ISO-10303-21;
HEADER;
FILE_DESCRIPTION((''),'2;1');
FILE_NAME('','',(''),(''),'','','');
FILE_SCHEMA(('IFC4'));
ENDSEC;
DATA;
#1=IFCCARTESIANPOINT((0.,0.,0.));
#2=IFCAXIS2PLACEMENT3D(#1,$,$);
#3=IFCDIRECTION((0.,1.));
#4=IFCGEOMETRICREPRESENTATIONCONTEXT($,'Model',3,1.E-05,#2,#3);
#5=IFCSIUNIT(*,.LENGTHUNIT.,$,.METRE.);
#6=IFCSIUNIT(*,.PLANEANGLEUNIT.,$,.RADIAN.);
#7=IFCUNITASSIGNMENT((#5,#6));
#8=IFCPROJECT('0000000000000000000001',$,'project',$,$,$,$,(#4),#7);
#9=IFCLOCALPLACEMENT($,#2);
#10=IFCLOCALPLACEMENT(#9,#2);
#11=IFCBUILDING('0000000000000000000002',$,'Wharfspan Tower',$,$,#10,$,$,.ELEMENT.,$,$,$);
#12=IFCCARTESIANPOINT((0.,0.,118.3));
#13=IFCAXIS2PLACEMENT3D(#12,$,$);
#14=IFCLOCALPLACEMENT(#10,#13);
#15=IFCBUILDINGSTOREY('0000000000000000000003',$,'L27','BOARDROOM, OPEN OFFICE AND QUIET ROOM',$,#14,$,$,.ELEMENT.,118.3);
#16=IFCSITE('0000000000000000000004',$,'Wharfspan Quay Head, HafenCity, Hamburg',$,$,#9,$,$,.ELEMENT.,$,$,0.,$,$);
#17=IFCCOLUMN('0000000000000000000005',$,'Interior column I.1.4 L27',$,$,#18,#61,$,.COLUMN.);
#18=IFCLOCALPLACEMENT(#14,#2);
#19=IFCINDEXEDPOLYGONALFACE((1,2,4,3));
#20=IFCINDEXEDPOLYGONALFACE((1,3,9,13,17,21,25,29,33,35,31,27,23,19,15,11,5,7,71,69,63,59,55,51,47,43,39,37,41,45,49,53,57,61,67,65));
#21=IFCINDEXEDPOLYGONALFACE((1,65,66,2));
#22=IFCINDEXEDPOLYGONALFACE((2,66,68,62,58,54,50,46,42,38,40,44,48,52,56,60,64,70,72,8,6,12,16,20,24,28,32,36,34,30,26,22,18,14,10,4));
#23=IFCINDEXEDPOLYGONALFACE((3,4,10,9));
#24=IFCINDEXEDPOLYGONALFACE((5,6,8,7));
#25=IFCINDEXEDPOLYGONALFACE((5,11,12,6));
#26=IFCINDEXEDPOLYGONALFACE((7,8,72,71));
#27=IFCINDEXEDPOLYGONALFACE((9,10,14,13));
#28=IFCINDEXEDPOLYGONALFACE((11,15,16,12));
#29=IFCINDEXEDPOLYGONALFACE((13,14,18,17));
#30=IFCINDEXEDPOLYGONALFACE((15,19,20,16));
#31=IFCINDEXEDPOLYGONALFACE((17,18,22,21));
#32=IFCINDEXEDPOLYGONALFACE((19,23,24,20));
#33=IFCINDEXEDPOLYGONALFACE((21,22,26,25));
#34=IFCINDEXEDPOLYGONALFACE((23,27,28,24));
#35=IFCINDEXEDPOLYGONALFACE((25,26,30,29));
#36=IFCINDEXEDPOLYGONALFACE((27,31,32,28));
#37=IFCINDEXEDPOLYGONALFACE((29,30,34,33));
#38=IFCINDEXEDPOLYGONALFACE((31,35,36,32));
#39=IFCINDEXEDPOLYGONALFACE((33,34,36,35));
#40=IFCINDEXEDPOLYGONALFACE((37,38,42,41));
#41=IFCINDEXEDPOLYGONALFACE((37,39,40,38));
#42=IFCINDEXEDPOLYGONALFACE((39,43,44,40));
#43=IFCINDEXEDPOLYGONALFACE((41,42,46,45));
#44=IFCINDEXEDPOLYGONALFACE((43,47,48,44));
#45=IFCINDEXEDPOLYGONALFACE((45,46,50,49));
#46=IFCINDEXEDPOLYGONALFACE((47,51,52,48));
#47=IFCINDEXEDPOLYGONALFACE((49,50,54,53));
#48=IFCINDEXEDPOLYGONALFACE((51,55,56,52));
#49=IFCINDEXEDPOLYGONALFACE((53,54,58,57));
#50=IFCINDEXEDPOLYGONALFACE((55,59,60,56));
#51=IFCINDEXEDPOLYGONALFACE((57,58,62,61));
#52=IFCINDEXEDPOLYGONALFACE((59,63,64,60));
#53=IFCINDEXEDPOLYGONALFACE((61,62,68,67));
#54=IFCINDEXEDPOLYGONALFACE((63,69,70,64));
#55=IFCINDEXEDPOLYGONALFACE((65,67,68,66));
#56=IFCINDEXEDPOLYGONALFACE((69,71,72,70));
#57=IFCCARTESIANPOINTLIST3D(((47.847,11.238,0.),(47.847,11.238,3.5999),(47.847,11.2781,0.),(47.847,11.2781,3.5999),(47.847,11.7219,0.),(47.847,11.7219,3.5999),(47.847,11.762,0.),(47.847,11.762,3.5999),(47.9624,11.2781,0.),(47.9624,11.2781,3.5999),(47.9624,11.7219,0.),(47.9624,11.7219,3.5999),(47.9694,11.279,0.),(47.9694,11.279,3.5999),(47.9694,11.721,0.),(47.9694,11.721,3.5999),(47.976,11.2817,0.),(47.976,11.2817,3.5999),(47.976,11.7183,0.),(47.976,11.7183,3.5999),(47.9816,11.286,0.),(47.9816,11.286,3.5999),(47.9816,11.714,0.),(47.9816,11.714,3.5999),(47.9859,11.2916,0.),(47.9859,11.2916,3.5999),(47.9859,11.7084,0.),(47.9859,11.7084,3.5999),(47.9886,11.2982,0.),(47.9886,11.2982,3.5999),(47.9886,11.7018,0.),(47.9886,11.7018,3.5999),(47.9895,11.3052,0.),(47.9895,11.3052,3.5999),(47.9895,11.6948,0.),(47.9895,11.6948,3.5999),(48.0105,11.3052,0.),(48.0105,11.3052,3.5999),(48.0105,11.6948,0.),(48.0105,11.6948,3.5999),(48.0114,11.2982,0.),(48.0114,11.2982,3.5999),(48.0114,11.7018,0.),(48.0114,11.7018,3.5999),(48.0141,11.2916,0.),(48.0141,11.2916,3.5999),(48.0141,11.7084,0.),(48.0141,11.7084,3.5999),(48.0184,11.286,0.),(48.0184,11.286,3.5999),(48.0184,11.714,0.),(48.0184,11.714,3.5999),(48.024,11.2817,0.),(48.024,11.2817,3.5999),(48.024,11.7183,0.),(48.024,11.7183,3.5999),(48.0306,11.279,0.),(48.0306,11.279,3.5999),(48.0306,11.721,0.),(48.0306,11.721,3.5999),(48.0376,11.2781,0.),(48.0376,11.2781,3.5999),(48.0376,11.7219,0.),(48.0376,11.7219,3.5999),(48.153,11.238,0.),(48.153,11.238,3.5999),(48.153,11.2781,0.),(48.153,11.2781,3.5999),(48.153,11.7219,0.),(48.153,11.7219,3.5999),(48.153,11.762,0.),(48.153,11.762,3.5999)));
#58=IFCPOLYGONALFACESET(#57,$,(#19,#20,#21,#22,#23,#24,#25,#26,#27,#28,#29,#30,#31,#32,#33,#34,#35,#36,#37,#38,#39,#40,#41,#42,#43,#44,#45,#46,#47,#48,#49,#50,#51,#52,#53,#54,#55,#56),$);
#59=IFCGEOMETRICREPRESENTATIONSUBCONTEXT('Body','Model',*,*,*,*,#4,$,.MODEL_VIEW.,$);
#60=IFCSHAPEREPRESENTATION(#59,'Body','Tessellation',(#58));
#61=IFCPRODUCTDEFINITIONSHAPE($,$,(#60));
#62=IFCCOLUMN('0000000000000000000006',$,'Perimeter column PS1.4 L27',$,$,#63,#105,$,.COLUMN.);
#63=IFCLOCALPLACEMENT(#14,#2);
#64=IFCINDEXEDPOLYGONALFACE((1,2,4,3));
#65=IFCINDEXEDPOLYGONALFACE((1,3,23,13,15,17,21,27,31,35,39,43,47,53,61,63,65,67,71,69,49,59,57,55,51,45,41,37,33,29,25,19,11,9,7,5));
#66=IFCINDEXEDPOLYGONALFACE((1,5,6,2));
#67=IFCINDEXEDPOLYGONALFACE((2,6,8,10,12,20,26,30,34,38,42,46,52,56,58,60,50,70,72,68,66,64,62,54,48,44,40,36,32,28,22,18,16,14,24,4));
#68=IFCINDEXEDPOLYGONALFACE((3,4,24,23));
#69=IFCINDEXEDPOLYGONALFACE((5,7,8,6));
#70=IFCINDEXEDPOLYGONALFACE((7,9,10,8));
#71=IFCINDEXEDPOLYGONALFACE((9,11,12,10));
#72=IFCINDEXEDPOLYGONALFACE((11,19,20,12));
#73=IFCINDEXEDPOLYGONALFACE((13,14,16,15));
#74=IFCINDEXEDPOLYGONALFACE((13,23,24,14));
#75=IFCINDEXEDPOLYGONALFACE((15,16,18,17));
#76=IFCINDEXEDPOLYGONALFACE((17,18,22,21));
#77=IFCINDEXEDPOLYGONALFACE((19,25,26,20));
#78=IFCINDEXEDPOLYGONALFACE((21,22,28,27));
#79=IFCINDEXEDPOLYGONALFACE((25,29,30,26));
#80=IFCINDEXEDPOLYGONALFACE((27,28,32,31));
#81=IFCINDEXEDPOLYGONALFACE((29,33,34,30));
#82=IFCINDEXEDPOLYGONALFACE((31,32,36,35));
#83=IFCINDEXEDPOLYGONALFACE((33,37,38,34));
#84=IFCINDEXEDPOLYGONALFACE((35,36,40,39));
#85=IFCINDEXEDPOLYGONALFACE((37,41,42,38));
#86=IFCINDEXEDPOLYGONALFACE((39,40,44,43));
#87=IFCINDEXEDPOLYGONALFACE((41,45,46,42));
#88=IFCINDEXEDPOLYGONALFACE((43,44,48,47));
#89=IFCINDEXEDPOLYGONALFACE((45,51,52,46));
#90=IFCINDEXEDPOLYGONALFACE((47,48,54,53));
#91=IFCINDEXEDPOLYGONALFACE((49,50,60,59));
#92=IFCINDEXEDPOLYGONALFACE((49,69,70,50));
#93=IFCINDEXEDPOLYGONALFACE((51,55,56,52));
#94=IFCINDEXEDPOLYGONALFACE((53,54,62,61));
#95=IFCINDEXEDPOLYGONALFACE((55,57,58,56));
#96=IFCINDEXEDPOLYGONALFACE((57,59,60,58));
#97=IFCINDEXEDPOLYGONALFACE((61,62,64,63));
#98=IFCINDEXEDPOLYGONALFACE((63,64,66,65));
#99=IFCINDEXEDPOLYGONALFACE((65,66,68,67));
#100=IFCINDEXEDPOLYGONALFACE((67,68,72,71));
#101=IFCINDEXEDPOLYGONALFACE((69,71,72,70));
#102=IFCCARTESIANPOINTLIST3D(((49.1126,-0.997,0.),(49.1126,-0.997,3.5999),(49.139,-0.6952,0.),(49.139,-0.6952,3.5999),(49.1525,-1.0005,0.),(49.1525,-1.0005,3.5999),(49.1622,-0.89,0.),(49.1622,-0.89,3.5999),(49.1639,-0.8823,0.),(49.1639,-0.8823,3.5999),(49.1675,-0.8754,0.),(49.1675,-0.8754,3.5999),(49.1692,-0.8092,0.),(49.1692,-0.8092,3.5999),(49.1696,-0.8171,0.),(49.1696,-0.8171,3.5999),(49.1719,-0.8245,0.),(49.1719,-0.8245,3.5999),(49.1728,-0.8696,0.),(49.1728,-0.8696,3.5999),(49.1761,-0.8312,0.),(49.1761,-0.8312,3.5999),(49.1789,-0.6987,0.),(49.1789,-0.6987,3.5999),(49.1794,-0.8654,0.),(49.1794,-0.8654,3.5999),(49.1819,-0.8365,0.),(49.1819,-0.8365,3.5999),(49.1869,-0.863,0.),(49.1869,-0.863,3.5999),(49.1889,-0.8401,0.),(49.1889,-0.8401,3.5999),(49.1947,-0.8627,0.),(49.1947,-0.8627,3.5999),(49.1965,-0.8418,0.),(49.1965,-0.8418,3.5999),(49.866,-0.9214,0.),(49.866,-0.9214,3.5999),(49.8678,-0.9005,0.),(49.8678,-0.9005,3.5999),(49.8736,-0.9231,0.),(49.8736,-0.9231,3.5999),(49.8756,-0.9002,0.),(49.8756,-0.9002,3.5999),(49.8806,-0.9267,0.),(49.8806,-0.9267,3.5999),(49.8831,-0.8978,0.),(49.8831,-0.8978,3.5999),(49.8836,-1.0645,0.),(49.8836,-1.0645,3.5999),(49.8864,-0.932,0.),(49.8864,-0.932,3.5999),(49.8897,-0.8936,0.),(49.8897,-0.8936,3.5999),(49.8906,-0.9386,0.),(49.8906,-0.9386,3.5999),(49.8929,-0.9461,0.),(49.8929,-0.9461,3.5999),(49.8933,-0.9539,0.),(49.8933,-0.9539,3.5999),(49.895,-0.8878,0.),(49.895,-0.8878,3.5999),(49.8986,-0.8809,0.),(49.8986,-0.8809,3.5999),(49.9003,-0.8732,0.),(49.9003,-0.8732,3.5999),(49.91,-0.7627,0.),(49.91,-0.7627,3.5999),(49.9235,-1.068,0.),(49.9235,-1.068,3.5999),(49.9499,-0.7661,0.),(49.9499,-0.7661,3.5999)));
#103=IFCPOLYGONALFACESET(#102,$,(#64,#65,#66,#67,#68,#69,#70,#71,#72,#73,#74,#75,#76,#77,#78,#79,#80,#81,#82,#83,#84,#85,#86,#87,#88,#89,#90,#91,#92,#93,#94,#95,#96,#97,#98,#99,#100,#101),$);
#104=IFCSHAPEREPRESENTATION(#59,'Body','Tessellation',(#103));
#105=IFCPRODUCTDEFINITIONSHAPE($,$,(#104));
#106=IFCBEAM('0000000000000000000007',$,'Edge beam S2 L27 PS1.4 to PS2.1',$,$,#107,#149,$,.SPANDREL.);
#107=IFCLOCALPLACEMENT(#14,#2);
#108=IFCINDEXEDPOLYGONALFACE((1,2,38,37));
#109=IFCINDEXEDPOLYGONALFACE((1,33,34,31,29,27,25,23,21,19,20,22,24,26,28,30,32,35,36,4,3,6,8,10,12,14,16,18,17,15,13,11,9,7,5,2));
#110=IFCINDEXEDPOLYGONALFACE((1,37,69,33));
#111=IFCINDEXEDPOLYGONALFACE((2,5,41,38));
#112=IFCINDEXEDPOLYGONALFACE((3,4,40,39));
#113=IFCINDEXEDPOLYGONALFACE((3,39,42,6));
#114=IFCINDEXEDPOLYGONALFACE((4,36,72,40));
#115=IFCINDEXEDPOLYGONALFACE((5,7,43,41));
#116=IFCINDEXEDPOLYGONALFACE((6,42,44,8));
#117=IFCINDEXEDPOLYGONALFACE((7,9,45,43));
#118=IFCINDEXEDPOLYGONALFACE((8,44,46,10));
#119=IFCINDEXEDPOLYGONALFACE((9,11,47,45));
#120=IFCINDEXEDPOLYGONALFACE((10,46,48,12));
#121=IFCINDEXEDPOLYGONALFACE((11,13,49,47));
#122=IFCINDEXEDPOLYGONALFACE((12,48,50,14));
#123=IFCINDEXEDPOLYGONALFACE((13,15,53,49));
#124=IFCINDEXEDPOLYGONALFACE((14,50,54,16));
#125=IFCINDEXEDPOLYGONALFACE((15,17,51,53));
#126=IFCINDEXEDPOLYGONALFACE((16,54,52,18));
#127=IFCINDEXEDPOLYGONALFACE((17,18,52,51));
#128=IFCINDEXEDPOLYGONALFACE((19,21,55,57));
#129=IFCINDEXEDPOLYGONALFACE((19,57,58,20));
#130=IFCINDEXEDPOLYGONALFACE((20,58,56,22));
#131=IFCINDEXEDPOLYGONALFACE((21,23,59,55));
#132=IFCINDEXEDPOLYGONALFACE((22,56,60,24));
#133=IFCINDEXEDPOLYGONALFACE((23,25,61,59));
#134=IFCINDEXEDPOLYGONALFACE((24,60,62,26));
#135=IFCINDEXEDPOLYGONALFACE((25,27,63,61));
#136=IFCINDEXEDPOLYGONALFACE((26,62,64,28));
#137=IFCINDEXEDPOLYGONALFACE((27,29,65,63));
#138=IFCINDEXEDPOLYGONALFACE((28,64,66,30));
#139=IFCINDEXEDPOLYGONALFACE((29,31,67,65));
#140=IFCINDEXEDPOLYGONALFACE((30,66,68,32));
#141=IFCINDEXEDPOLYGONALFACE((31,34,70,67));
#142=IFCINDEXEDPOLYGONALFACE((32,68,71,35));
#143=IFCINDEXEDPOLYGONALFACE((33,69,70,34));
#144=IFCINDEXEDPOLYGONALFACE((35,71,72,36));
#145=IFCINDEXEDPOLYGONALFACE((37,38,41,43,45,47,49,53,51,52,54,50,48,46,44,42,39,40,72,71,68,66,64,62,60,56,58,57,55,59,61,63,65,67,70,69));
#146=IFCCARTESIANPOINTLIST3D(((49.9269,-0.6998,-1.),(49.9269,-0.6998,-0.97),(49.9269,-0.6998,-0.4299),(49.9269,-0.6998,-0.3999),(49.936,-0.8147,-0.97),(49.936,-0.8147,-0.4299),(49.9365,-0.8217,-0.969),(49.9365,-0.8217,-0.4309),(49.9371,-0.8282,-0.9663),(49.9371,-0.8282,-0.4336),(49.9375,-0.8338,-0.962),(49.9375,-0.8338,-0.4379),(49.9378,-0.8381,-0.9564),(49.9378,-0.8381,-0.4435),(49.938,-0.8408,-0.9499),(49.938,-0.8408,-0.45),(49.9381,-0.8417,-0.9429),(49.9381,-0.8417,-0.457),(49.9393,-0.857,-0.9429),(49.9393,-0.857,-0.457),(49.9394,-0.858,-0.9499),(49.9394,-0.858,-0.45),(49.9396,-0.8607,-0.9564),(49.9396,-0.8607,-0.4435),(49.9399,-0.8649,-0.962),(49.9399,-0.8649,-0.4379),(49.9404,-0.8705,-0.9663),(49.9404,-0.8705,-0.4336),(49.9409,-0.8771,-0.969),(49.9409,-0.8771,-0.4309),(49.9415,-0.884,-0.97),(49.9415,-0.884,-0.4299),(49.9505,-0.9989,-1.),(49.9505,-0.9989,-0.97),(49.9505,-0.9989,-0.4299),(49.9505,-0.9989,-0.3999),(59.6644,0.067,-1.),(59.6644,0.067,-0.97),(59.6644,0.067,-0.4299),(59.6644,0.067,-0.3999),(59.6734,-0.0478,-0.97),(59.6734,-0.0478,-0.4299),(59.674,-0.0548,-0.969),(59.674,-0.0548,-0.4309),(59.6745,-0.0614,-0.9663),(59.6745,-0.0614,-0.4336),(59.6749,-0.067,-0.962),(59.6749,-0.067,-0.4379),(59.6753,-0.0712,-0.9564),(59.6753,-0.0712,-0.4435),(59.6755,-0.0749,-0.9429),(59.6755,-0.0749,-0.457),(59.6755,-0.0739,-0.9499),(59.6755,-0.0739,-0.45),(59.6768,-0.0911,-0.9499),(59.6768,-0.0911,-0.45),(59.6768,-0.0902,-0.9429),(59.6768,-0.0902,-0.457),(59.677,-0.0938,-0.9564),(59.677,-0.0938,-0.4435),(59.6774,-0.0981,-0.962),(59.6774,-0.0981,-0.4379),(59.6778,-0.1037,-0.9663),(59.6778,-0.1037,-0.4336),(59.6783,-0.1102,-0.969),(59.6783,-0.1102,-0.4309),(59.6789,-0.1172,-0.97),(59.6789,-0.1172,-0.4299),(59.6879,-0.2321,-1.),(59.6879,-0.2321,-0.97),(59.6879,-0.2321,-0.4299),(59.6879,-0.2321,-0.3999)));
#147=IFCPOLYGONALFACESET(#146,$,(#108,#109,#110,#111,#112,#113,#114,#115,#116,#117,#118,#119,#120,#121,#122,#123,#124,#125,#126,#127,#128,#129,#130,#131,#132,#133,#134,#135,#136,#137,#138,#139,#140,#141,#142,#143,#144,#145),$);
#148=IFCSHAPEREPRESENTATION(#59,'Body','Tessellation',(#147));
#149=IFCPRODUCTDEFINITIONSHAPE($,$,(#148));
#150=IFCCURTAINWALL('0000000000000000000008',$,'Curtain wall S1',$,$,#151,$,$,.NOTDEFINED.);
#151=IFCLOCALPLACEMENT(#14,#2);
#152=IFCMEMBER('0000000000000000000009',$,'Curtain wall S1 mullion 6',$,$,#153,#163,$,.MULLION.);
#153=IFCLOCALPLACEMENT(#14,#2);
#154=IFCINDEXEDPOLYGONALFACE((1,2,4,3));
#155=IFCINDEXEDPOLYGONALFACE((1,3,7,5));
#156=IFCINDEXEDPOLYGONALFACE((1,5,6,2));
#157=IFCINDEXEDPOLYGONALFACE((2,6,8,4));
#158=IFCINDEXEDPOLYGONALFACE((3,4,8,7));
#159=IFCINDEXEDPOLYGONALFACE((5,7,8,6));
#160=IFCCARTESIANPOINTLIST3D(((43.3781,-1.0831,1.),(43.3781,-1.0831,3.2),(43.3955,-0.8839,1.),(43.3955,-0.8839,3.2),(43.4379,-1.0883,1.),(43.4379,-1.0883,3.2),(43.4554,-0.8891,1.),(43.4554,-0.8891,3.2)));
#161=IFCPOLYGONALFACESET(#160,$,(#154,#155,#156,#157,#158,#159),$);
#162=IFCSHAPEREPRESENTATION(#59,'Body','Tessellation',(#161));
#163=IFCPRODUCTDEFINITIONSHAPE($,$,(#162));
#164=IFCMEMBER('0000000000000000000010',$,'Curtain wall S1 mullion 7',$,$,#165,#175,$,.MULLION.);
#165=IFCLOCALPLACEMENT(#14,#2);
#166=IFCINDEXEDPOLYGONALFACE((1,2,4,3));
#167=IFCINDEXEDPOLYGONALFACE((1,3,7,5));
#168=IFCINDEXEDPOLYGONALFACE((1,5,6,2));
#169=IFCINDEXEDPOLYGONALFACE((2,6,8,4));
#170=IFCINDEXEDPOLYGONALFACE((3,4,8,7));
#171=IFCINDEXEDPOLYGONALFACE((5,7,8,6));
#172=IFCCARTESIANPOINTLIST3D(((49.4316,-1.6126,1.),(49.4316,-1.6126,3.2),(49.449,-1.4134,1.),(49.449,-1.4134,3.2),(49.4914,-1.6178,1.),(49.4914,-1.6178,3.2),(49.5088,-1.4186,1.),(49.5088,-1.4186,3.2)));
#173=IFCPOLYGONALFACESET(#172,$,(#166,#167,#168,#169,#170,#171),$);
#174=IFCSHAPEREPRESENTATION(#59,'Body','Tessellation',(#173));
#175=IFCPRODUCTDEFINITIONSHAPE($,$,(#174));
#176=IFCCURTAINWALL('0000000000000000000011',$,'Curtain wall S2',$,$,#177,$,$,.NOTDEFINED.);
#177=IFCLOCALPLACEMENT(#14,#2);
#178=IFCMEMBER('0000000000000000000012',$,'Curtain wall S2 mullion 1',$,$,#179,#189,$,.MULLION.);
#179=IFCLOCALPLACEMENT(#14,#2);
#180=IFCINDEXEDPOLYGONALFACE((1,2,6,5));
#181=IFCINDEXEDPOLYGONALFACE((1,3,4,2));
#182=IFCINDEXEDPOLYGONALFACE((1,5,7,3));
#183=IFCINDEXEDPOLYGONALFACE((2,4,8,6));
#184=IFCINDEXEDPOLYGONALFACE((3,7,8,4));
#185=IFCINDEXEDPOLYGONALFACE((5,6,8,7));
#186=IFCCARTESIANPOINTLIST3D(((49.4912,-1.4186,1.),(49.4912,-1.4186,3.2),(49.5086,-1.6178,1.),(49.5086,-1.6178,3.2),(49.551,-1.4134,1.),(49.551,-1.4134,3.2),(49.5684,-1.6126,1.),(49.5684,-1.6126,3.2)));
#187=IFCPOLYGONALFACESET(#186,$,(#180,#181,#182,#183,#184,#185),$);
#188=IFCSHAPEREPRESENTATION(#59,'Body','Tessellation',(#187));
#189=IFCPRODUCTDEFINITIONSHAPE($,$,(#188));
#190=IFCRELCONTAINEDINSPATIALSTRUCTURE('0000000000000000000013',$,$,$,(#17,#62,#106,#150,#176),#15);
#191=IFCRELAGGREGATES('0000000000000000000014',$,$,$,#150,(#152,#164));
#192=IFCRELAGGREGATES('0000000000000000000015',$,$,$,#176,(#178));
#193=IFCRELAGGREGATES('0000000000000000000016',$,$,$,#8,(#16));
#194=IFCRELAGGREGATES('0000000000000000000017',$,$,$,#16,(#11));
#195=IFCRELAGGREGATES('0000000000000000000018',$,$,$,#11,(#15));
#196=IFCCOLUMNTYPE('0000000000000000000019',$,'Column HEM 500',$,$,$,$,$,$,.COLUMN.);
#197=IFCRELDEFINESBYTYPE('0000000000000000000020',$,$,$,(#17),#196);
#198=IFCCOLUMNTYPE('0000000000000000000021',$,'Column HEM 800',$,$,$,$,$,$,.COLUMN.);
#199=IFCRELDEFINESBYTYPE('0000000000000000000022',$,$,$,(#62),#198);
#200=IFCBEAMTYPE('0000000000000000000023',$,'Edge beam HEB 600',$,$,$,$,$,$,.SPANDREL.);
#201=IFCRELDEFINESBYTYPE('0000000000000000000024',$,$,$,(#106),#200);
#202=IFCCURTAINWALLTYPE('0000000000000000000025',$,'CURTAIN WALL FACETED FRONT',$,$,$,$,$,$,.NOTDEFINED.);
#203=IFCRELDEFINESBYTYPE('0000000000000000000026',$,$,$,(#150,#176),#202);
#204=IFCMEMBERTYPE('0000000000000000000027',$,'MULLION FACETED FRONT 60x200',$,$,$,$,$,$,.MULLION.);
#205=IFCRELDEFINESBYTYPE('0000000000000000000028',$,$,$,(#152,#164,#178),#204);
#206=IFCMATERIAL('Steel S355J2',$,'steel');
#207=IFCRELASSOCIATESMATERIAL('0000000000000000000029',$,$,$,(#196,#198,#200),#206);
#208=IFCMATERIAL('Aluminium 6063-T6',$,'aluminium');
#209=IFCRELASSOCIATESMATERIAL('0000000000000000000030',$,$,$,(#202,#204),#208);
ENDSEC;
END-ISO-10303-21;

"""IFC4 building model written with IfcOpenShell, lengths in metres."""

from ifc_helpers import new_model, si_unit, direction, frame, origin, origin_2d, place, context, subcontext, project, spatial, rectangle, i_section, extrude, material, material_profile, profile_set, type_object, element, aggregate, save


model = new_model("IFC4")

# Units and contexts
model_context = context("Model", 3, precision=1e-05, world=origin(), true_north=direction((0.0, 1.0)))
body_context = subcontext(model_context, "Body", "Model", "MODEL_VIEW")
ifc_project = project(units=[si_unit("LENGTHUNIT", "METRE"), si_unit("PLANEANGLEUNIT", "RADIAN")], contexts=[model_context])

# Site, building, storey
site_placement = place(None, origin())
site = spatial("IfcSite", under=ifc_project, at=site_placement, Name="Wharfspan Quay Head, HafenCity, Hamburg", CompositionType="ELEMENT", RefElevation=0.0)
building_placement = place(site_placement, origin())
building = spatial("IfcBuilding", under=site, at=building_placement, Name="Wharfspan Tower", CompositionType="ELEMENT")
storey_placement = place(building_placement, frame((0.0, 0.0, 118.3)))
storey = spatial("IfcBuildingStorey", under=building, at=storey_placement, Name="L27", Description="BOARDROOM, OPEN OFFICE AND QUIET ROOM", CompositionType="ELEMENT", Elevation=118.3)

# Columns
ifc_material_1 = material(Name="Steel S355J2", Category="steel")
ifc_material_profile_1 = material_profile(ifc_material_1, i_section(OverallWidth=0.3059, OverallDepth=0.5239, WebThickness=0.021, FlangeThickness=0.04, FilletRadius=0.0271, at=origin_2d()))
ifc_profile_set_1 = profile_set([ifc_material_profile_1], Name="Steel S355J2")
column_type_1 = type_object("IfcColumnType", Name="Column HEM 500", PredefinedType="COLUMN", material=ifc_profile_set_1)
column_1_placement = place(storey_placement, frame((48.0, 11.5, 0.0), z_axis=(0.0, 0.0, 1.0), x_axis=(1.0, 0.0, 0.0)))
element("IfcColumn", 1, at=column_1_placement, inside=storey, type_object=column_type_1, Name="Interior column I.1.4 L27", PredefinedType="COLUMN", context=body_context, shape_type="SweptSolid", body=[
    extrude(i_section(OverallWidth=0.3059, OverallDepth=0.5239, WebThickness=0.021, FlangeThickness=0.04, FilletRadius=0.0271, at=origin_2d()), origin(), (0.0, 0.0, 1.0), 3.5999),
])
ifc_material_profile_2 = material_profile(ifc_material_1, i_section(OverallWidth=0.303, OverallDepth=0.814, WebThickness=0.021, FlangeThickness=0.04, FilletRadius=0.03, at=origin_2d()))
ifc_profile_set_2 = profile_set([ifc_material_profile_2], Name="Steel S355J2")
column_type_2 = type_object("IfcColumnType", Name="Column HEM 800", PredefinedType="COLUMN", material=ifc_profile_set_2)
column_2_placement = place(storey_placement, frame((49.5312, -0.8816, 0.0), z_axis=(0.0, 0.0, 1.0), x_axis=(-0.087156, -0.996198, 0.0)))
element("IfcColumn", 2, at=column_2_placement, inside=storey, type_object=column_type_2, Name="Perimeter column PS1.4 L27", PredefinedType="COLUMN", context=body_context, shape_type="SweptSolid", body=[
    extrude(i_section(OverallWidth=0.303, OverallDepth=0.814, WebThickness=0.021, FlangeThickness=0.04, FilletRadius=0.03, at=origin_2d()), origin(), (0.0, 0.0, 1.0), 3.5999),
])

# Beam
ifc_material_profile_3 = material_profile(ifc_material_1, i_section(OverallWidth=0.3, OverallDepth=0.6001, WebThickness=0.0154, FlangeThickness=0.03, FilletRadius=0.0271, at=origin_2d()))
ifc_profile_set_3 = profile_set([ifc_material_profile_3], Name="Steel S355J2")
beam_type = type_object("IfcBeamType", Name="Edge beam HEB 600", PredefinedType="SPANDREL", material=ifc_profile_set_3)
beam_placement = place(storey_placement, frame((49.9387, -0.8494, -0.7), z_axis=(0.996913, 0.078508, 0.0), x_axis=(-0.078508, 0.996913, 0.0)))
element("IfcBeam", 3, at=beam_placement, inside=storey, type_object=beam_type, Name="Edge beam S2 L27 PS1.4 to PS2.1", PredefinedType="SPANDREL", context=body_context, shape_type="SweptSolid", body=[
    extrude(i_section(OverallWidth=0.3, OverallDepth=0.6001, WebThickness=0.0154, FlangeThickness=0.03, FilletRadius=0.0271, at=origin_2d()), origin(), (0.0, 0.0, 1.0), 9.7676),
])

# Curtain walls, members
ifc_material_2 = material(Name="Aluminium 6063-T6", Category="aluminium")
curtain_wall_type = type_object("IfcCurtainWallType", Name="CURTAIN WALL FACETED FRONT", PredefinedType="NOTDEFINED", material=ifc_material_2)
curtain_wall_1_placement = place(storey_placement, origin())
curtain_wall_1 = element("IfcCurtainWall", 4, at=curtain_wall_1_placement, inside=storey, type_object=curtain_wall_type, Name="Curtain wall S1", PredefinedType="NOTDEFINED")
ifc_material_profile_4 = material_profile(ifc_material_2, rectangle(XDim=0.2, YDim=0.0601, at=origin_2d()))
ifc_profile_set_4 = profile_set([ifc_material_profile_4], Name="Aluminium 6063-T6")
member_type_1 = type_object("IfcMemberType", Name="MULLION FACETED FRONT 60x200", PredefinedType="MULLION", material=ifc_profile_set_4)
member_1_placement = place(storey_placement, frame((43.4167, -0.9861, 1.0), z_axis=(0.0, 0.0, 1.0), x_axis=(0.087156, 0.996198, 0.0)))
member_1 = element("IfcMember", 5, at=member_1_placement, type_object=member_type_1, Name="Curtain wall S1 mullion 6", PredefinedType="MULLION", context=body_context, shape_type="SweptSolid", body=[
    extrude(rectangle(XDim=0.2, YDim=0.0601, at=origin_2d()), origin(), (0.0, 0.0, 1.0), 2.2),
])
member_2_placement = place(storey_placement, frame((49.4702, -1.5156, 1.0), z_axis=(0.0, 0.0, 1.0), x_axis=(0.087156, 0.996198, 0.0)))
member_2 = element("IfcMember", 6, at=member_2_placement, type_object=member_type_1, Name="Curtain wall S1 mullion 7", PredefinedType="MULLION", context=body_context, shape_type="SweptSolid", body=[
    extrude(rectangle(XDim=0.2, YDim=0.0601, at=origin_2d()), origin(), (0.0, 0.0, 1.0), 2.2),
])
curtain_wall_2_placement = place(storey_placement, origin())
curtain_wall_2 = element("IfcCurtainWall", 7, at=curtain_wall_2_placement, inside=storey, type_object=curtain_wall_type, Name="Curtain wall S2", PredefinedType="NOTDEFINED")
member_3_placement = place(storey_placement, frame((49.5298, -1.5156, 1.0), z_axis=(0.0, 0.0, 1.0), x_axis=(-0.087156, 0.996198, 0.0)))
member_3 = element("IfcMember", 8, at=member_3_placement, type_object=member_type_1, Name="Curtain wall S2 mullion 1", PredefinedType="MULLION", context=body_context, shape_type="SweptSolid", body=[
    extrude(rectangle(XDim=0.2, YDim=0.0601, at=origin_2d()), origin(), (0.0, 0.0, 1.0), 2.2),
])

aggregate(curtain_wall_1, [member_1, member_2])
aggregate(curtain_wall_2, [member_3])

save(model, "model.ifc")
